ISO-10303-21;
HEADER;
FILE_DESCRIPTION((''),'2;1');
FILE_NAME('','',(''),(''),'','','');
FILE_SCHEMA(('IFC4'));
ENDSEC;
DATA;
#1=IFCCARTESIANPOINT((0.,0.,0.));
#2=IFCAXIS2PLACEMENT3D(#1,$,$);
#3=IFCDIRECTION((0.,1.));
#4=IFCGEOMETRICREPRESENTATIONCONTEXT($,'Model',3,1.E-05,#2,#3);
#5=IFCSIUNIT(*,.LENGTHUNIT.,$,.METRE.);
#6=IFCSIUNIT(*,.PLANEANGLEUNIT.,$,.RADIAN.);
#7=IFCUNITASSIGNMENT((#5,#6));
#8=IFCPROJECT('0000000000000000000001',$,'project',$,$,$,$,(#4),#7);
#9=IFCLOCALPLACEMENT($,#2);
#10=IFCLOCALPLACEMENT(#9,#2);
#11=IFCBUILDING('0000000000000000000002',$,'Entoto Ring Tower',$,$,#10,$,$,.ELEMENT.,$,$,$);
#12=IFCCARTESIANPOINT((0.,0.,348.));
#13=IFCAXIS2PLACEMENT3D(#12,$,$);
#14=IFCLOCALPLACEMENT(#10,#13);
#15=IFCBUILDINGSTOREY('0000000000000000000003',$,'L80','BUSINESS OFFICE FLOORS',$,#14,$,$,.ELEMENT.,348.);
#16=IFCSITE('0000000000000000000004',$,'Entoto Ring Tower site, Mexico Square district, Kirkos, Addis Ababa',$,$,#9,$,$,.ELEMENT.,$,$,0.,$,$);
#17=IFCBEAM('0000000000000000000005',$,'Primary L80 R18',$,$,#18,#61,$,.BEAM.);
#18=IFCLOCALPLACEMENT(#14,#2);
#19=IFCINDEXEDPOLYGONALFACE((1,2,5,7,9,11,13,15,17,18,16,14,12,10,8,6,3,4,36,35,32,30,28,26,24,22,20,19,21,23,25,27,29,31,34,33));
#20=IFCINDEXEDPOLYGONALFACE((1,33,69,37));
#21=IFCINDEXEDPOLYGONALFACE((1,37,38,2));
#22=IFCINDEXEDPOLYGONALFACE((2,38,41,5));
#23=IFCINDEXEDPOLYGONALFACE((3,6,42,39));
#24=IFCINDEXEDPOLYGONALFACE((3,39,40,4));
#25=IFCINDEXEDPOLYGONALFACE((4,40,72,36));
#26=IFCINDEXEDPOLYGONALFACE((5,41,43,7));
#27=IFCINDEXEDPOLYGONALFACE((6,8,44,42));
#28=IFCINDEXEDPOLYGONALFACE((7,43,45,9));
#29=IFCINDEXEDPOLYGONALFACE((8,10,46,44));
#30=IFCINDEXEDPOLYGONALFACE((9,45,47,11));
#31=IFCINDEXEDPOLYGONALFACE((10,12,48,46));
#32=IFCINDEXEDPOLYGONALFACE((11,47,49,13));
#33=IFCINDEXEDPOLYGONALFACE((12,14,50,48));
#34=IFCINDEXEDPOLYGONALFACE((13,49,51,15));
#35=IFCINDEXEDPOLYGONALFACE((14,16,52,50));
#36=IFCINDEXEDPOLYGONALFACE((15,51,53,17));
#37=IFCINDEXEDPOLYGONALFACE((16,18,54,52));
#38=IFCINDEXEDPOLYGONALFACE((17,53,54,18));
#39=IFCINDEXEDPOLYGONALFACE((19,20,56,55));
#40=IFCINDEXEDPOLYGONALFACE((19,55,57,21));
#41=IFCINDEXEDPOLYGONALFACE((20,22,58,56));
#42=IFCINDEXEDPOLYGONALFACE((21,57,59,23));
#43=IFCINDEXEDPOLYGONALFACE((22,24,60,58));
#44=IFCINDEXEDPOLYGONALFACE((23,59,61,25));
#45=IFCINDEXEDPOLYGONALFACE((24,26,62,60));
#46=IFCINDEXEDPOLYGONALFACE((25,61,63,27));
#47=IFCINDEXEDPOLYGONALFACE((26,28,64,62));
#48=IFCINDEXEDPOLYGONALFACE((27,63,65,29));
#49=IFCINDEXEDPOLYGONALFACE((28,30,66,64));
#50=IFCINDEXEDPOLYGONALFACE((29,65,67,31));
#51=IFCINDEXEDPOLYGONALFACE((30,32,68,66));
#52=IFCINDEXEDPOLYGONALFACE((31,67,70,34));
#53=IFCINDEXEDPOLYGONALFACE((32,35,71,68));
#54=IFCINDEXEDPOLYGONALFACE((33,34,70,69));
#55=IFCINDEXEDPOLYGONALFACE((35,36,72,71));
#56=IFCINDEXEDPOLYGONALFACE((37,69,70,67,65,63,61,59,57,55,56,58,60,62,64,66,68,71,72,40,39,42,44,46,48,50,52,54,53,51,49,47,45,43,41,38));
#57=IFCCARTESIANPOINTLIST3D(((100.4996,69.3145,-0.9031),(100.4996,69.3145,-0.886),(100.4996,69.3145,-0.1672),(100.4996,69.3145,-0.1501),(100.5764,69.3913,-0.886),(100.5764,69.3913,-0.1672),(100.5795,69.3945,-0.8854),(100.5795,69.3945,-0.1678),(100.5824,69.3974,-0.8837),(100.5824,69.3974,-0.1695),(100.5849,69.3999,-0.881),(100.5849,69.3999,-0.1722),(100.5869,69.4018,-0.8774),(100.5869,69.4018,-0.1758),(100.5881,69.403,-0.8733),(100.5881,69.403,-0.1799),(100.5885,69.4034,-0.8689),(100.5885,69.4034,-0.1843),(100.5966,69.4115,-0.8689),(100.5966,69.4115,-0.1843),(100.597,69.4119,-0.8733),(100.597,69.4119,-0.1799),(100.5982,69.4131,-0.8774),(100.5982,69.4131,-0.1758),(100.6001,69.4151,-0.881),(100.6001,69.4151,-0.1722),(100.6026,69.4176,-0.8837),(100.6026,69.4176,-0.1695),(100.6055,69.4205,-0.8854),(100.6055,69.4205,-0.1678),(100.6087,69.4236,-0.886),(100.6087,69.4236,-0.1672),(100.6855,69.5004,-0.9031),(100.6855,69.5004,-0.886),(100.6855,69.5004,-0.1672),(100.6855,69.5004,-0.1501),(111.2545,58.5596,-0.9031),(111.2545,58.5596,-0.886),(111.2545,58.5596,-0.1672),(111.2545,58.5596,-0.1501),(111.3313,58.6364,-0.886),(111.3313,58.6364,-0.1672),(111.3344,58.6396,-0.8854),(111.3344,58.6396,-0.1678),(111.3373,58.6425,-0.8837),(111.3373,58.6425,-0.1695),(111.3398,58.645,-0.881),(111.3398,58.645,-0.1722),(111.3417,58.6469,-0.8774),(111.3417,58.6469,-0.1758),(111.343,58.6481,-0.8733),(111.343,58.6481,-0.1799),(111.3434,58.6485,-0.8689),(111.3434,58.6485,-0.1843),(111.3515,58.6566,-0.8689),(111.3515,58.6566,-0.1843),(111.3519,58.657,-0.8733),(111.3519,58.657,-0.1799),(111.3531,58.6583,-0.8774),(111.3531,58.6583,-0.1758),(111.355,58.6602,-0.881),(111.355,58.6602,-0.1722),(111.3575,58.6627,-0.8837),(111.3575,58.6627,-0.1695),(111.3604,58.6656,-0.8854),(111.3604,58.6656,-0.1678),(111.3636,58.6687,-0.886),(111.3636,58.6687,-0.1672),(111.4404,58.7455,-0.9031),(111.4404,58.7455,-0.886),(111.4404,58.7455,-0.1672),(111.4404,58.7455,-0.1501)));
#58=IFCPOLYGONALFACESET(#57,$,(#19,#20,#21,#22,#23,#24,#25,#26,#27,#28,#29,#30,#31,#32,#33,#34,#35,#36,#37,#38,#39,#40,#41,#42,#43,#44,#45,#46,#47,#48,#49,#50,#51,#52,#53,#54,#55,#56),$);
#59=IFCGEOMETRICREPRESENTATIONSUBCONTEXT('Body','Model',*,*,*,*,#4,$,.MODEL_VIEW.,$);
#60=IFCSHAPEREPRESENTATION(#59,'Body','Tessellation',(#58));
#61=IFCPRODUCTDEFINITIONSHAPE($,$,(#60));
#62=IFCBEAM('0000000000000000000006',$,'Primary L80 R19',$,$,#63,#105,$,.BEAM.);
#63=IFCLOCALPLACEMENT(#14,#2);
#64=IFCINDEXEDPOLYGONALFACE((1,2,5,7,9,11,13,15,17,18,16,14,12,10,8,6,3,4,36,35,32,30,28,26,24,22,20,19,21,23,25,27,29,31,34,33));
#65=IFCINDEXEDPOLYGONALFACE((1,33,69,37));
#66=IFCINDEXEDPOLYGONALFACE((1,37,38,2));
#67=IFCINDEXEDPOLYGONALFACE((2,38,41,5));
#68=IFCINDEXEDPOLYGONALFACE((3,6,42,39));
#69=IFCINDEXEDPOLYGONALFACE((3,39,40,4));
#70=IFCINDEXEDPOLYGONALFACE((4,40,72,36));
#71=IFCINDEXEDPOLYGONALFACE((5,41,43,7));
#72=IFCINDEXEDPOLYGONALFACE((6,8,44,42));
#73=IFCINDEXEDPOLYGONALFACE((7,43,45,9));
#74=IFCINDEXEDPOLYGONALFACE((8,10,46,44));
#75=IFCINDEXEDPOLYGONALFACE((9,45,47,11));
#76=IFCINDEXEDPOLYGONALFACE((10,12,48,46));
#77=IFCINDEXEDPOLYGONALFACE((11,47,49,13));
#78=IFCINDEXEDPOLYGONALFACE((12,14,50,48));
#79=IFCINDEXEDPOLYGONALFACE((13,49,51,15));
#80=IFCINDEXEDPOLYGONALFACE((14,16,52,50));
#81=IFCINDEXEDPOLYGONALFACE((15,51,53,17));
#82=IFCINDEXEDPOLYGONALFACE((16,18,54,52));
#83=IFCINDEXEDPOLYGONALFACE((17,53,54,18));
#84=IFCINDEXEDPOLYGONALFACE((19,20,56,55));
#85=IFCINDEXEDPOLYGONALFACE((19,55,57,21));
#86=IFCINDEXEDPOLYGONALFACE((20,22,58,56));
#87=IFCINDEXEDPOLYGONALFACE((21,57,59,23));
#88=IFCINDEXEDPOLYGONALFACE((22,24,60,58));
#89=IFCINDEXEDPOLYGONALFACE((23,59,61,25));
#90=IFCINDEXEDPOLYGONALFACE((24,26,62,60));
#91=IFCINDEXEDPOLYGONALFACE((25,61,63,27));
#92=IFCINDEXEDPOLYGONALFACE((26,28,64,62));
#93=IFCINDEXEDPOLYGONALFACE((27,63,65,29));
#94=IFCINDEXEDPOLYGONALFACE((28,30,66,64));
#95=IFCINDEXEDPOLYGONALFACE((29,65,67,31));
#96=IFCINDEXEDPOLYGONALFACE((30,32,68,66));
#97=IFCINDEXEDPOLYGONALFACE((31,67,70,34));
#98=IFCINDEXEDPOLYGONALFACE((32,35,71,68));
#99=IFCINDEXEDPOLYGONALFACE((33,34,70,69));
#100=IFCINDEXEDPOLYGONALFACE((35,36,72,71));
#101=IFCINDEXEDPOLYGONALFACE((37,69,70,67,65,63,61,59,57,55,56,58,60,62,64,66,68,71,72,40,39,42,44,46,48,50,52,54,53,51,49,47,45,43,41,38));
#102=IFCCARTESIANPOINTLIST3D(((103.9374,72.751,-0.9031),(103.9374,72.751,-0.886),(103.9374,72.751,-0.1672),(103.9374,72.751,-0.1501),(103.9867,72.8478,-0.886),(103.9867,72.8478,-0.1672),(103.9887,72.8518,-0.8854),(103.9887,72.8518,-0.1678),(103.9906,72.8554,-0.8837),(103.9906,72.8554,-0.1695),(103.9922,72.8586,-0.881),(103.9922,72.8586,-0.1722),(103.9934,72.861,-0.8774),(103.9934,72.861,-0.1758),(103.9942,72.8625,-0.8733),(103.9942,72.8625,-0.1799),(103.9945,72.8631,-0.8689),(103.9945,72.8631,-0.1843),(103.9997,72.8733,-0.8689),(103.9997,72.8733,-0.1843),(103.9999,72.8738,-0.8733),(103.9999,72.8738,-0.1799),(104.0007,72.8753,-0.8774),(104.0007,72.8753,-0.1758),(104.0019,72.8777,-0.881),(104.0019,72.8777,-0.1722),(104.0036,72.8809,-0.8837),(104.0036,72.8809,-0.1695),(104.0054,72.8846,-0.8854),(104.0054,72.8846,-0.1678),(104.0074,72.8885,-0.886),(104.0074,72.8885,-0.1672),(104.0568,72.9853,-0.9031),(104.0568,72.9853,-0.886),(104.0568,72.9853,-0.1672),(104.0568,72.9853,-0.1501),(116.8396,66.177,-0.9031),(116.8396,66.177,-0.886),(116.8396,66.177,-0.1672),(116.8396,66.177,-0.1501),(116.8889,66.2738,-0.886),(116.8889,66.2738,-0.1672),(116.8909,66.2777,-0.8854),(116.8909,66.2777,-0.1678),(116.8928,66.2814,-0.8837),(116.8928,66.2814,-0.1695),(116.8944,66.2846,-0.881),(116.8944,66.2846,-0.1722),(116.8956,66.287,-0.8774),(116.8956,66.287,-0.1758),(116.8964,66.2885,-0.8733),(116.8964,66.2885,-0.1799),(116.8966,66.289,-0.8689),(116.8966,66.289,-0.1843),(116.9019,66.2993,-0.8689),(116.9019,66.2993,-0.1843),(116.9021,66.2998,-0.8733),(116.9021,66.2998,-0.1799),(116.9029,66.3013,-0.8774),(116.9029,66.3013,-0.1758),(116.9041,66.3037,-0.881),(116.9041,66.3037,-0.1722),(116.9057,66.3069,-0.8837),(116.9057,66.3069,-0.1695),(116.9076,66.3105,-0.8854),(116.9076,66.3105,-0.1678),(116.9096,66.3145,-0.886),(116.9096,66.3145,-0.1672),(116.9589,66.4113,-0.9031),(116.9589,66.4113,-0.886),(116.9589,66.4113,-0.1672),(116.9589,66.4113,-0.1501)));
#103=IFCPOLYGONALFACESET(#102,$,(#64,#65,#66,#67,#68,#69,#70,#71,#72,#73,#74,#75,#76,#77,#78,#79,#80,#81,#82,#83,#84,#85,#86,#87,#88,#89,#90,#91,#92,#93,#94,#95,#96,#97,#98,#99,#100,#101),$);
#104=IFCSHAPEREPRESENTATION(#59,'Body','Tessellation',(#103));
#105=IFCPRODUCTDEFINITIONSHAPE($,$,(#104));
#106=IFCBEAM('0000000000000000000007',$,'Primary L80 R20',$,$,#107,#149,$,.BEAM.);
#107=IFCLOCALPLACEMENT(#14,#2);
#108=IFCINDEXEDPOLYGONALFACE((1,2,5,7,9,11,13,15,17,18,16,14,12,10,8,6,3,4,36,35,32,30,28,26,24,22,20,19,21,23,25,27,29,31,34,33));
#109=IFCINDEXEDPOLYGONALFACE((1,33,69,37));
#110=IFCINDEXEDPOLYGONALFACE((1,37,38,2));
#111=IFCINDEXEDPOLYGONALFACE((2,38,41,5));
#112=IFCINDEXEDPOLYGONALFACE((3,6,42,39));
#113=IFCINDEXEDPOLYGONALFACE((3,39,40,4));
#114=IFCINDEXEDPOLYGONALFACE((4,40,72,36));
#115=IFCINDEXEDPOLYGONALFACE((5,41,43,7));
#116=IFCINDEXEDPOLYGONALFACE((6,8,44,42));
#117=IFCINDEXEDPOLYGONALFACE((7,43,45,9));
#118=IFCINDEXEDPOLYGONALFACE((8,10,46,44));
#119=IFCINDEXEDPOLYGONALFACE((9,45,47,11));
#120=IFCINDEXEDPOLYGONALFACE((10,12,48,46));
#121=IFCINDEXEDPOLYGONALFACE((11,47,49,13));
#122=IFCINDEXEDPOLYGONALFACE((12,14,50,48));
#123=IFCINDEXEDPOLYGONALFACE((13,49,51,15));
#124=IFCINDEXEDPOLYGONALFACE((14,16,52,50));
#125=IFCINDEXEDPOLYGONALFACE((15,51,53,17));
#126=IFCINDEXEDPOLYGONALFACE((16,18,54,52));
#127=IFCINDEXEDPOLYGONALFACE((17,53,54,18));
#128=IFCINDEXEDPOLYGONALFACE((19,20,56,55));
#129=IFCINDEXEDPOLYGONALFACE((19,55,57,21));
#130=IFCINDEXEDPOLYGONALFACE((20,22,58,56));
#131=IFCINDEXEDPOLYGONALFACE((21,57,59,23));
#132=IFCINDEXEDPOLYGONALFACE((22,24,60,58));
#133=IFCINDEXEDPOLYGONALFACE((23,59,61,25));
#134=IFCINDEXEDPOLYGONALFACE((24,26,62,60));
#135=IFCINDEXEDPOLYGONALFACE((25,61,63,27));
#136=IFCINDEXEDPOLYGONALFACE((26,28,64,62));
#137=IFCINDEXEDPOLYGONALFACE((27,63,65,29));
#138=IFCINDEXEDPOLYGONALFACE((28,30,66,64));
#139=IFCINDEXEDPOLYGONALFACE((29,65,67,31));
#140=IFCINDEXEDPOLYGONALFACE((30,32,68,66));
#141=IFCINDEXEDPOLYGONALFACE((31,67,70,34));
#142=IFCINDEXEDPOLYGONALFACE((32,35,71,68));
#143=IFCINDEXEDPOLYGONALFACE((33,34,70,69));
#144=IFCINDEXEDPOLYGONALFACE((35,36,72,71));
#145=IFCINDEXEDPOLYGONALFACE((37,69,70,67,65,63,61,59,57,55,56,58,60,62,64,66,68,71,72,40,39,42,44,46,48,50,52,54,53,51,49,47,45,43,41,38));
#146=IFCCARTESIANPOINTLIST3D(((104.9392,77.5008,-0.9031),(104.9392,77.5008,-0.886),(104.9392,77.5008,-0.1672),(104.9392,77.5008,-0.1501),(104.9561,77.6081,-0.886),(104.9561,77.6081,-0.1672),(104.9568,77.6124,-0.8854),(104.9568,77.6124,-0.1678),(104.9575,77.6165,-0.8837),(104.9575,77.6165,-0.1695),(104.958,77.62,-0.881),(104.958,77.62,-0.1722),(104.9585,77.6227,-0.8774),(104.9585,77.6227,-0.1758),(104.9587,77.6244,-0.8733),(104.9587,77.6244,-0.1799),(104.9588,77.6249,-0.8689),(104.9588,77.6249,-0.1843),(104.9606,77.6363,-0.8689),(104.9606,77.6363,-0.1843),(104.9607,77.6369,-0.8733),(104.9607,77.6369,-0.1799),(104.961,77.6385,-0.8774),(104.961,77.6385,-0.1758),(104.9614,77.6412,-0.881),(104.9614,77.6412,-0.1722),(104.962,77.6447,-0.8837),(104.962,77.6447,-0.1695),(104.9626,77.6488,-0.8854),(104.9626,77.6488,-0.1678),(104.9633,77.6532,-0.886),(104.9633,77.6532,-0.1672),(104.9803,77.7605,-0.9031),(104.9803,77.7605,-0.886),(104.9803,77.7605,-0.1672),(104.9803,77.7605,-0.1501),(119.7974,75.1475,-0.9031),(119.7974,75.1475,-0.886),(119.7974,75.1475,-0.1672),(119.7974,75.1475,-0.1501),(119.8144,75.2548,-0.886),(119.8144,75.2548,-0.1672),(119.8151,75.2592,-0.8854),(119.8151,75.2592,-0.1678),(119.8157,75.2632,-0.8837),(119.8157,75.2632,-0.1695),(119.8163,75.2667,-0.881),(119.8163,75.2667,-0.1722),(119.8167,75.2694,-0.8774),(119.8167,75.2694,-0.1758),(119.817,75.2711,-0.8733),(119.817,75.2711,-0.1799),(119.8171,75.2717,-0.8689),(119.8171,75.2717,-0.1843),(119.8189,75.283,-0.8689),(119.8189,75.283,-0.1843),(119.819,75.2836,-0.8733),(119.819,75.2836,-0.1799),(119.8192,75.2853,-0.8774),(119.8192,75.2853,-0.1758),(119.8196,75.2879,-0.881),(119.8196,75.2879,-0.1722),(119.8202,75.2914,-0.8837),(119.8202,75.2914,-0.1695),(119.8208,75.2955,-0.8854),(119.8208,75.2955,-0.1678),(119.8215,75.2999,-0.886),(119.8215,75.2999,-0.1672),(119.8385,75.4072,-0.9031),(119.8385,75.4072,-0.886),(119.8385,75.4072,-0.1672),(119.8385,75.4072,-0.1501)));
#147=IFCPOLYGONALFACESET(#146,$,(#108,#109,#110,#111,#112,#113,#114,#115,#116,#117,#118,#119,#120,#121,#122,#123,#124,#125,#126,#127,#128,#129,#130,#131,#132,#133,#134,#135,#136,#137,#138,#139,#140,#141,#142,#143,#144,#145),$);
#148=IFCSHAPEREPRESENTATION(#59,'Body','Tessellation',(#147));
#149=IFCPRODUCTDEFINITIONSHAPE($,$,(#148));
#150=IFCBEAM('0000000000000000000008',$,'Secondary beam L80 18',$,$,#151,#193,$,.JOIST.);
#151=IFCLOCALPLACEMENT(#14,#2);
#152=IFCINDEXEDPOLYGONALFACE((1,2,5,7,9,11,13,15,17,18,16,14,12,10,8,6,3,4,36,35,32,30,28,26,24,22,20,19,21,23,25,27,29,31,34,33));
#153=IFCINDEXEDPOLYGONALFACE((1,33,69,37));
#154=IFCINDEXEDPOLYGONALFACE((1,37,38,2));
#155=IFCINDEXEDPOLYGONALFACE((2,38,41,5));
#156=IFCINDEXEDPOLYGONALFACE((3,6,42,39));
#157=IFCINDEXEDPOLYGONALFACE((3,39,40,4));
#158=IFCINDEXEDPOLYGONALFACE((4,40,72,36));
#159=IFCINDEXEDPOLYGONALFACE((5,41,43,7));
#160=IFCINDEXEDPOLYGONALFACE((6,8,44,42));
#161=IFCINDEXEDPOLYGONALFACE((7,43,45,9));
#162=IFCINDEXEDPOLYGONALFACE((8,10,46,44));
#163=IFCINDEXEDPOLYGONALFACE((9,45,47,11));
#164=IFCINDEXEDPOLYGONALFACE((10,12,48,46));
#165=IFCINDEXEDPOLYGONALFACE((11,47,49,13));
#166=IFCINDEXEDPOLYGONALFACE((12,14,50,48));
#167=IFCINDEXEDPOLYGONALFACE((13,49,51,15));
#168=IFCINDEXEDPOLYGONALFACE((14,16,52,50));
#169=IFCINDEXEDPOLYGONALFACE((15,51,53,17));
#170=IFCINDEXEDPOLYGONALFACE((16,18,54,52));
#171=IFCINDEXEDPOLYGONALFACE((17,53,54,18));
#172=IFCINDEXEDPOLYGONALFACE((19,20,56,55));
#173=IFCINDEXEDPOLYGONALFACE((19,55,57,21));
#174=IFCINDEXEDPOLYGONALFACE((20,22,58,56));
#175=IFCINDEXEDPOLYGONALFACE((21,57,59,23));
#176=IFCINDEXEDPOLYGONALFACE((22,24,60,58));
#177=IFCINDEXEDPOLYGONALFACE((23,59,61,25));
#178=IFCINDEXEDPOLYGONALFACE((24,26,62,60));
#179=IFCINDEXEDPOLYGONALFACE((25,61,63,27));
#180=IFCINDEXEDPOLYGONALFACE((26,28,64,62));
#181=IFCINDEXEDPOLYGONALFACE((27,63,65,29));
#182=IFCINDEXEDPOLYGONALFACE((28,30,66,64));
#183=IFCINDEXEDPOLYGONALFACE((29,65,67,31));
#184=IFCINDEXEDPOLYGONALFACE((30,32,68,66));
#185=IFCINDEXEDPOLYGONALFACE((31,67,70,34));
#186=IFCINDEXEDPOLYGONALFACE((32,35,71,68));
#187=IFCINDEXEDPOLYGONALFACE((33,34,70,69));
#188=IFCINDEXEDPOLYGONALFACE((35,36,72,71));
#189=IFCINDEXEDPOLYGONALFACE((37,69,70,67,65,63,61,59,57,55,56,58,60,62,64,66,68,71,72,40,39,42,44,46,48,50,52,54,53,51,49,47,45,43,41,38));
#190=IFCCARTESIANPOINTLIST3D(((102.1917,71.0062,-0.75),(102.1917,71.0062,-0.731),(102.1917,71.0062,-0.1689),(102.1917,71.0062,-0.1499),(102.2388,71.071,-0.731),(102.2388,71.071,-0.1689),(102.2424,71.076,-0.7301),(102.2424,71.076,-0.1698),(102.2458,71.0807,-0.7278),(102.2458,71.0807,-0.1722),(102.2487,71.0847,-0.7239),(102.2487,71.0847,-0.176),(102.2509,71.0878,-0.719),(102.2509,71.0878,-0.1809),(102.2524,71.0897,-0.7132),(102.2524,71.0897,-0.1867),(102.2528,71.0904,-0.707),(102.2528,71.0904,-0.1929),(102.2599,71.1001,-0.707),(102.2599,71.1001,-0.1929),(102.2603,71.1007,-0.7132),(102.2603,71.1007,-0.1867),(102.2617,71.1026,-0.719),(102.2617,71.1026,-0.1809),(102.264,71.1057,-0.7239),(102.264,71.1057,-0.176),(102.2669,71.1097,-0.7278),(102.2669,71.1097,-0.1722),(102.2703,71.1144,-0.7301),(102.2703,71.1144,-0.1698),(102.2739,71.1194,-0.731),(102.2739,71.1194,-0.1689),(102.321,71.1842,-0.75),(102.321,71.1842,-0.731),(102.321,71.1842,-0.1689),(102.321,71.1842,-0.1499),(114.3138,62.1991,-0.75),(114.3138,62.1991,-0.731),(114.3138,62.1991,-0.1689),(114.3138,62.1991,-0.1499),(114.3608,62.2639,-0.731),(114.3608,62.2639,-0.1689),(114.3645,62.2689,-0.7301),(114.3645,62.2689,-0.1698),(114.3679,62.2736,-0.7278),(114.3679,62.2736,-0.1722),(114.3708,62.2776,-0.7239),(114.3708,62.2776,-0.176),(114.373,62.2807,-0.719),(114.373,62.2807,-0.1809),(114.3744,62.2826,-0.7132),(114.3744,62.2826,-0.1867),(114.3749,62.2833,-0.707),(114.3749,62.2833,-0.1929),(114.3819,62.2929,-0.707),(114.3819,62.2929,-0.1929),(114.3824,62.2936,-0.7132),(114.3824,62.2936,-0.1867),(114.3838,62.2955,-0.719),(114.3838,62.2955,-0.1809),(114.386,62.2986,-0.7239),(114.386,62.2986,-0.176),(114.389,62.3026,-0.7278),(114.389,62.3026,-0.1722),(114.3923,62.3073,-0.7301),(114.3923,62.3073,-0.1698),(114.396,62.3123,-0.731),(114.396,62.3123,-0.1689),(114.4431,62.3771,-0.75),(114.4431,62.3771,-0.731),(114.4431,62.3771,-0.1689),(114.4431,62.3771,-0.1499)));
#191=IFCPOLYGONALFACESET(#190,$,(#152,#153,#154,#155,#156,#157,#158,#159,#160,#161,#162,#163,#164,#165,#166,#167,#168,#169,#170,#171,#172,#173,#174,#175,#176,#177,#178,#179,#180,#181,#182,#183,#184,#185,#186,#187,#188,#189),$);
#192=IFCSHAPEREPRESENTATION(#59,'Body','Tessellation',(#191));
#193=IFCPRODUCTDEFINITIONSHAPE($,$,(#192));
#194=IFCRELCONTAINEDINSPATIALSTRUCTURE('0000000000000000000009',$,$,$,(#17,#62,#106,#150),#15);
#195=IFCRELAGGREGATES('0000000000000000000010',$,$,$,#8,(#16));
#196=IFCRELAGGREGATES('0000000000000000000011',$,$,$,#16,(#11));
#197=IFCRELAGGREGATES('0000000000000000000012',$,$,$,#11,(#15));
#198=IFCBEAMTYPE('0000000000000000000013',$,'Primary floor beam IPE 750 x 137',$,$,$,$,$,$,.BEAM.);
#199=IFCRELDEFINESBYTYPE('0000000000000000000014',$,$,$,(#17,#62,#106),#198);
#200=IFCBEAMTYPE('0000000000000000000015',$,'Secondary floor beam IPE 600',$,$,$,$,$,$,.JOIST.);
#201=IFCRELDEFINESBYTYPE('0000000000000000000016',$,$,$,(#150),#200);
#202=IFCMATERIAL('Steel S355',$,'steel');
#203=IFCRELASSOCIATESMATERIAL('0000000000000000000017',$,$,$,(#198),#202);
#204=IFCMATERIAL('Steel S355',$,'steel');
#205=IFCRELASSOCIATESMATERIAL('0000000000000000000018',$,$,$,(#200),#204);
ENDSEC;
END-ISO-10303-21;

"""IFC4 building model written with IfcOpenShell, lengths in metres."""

from ifc_helpers import new_model, si_unit, direction, frame, origin, origin_2d, place, context, subcontext, project, spatial, i_section, extrude, material, material_profile, profile_set, type_object, element, save


model = new_model("IFC4")

# Units and contexts
model_context = context("Model", 3, precision=1e-05, world=origin(), true_north=direction((0.0, 1.0)))
body_context = subcontext(model_context, "Body", "Model", "MODEL_VIEW")
ifc_project = project(units=[si_unit("LENGTHUNIT", "METRE"), si_unit("PLANEANGLEUNIT", "RADIAN")], contexts=[model_context])

# Site, building, storey
site_placement = place(None, origin())
site = spatial("IfcSite", under=ifc_project, at=site_placement, Name="Entoto Ring Tower site, Mexico Square district, Kirkos, Addis Ababa", CompositionType="ELEMENT", RefElevation=0.0)
building_placement = place(site_placement, origin())
building = spatial("IfcBuilding", under=site, at=building_placement, Name="Entoto Ring Tower", CompositionType="ELEMENT")
storey_placement = place(building_placement, frame((0.0, 0.0, 348.0)))
storey = spatial("IfcBuildingStorey", under=building, at=storey_placement, Name="L80", Description="BUSINESS OFFICE FLOORS", CompositionType="ELEMENT", Elevation=348.0)

# Beams
ifc_material_1 = material(Name="Steel S355", Category="steel")
ifc_material_profile_1 = material_profile(ifc_material_1, i_section(OverallWidth=0.2629, OverallDepth=0.7529, WebThickness=0.0115, FlangeThickness=0.0171, FilletRadius=0.0171, at=origin_2d()), Name="IPE 750 x 137")
ifc_profile_set_1 = profile_set([ifc_material_profile_1], Name="Steel S355")
beam_type_1 = type_object("IfcBeamType", Name="Primary floor beam IPE 750 x 137", PredefinedType="BEAM", material=ifc_profile_set_1)
beam_1_placement = place(storey_placement, frame((100.5925, 69.4075, -0.5266), z_axis=(0.707107, -0.707107, 0.0), x_axis=(0.707107, 0.707107, 0.0)))
element("IfcBeam", 1, at=beam_1_placement, inside=storey, type_object=beam_type_1, Name="Primary L80 R18", PredefinedType="BEAM", context=body_context, shape_type="SweptSolid", body=[
    extrude(i_section(OverallWidth=0.2629, OverallDepth=0.7529, WebThickness=0.0115, FlangeThickness=0.0171, FilletRadius=0.0171, at=origin_2d()), origin(), (0.0, 0.0, 1.0), 15.2097),
])
beam_2_placement = place(storey_placement, frame((103.9971, 72.8682, -0.5266), z_axis=(0.891006, -0.453992, 0.0), x_axis=(0.453992, 0.891006, 0.0)))
element("IfcBeam", 2, at=beam_2_placement, inside=storey, type_object=beam_type_1, Name="Primary L80 R19", PredefinedType="BEAM", context=body_context, shape_type="SweptSolid", body=[
    extrude(i_section(OverallWidth=0.2629, OverallDepth=0.7529, WebThickness=0.0115, FlangeThickness=0.0171, FilletRadius=0.0171, at=origin_2d()), origin(), (0.0, 0.0, 1.0), 14.4805),
])
beam_3_placement = place(storey_placement, frame((104.9597, 77.6306, -0.5266), z_axis=(0.987689, -0.156433, 0.0), x_axis=(0.156433, 0.987689, 0.0)))
element("IfcBeam", 3, at=beam_3_placement, inside=storey, type_object=beam_type_1, Name="Primary L80 R20", PredefinedType="BEAM", context=body_context, shape_type="SweptSolid", body=[
    extrude(i_section(OverallWidth=0.2629, OverallDepth=0.7529, WebThickness=0.0115, FlangeThickness=0.0171, FilletRadius=0.0171, at=origin_2d()), origin(), (0.0, 0.0, 1.0), 15.0435),
])
ifc_material_2 = material(Name="Steel S355", Category="steel")
ifc_material_profile_2 = material_profile(ifc_material_2, i_section(OverallWidth=0.22, OverallDepth=0.6001, WebThickness=0.012, FlangeThickness=0.019, FilletRadius=0.0239, at=origin_2d()), Name="IPE 600")
ifc_profile_set_2 = profile_set([ifc_material_profile_2], Name="Steel S355")
beam_type_2 = type_object("IfcBeamType", Name="Secondary floor beam IPE 600", PredefinedType="JOIST", material=ifc_profile_set_2)
beam_4_placement = place(storey_placement, frame((102.2563, 71.0952, -0.45), z_axis=(0.809019, -0.587782, 0.0), x_axis=(0.587782, 0.809019, 0.0)))
element("IfcBeam", 4, at=beam_4_placement, inside=storey, type_object=beam_type_2, Name="Secondary beam L80 18", PredefinedType="JOIST", context=body_context, shape_type="SweptSolid", body=[
    extrude(i_section(OverallWidth=0.22, OverallDepth=0.6001, WebThickness=0.012, FlangeThickness=0.019, FilletRadius=0.0239, at=origin_2d()), origin(), (0.0, 0.0, 1.0), 14.9836),
])

save(model, "model.ifc")
